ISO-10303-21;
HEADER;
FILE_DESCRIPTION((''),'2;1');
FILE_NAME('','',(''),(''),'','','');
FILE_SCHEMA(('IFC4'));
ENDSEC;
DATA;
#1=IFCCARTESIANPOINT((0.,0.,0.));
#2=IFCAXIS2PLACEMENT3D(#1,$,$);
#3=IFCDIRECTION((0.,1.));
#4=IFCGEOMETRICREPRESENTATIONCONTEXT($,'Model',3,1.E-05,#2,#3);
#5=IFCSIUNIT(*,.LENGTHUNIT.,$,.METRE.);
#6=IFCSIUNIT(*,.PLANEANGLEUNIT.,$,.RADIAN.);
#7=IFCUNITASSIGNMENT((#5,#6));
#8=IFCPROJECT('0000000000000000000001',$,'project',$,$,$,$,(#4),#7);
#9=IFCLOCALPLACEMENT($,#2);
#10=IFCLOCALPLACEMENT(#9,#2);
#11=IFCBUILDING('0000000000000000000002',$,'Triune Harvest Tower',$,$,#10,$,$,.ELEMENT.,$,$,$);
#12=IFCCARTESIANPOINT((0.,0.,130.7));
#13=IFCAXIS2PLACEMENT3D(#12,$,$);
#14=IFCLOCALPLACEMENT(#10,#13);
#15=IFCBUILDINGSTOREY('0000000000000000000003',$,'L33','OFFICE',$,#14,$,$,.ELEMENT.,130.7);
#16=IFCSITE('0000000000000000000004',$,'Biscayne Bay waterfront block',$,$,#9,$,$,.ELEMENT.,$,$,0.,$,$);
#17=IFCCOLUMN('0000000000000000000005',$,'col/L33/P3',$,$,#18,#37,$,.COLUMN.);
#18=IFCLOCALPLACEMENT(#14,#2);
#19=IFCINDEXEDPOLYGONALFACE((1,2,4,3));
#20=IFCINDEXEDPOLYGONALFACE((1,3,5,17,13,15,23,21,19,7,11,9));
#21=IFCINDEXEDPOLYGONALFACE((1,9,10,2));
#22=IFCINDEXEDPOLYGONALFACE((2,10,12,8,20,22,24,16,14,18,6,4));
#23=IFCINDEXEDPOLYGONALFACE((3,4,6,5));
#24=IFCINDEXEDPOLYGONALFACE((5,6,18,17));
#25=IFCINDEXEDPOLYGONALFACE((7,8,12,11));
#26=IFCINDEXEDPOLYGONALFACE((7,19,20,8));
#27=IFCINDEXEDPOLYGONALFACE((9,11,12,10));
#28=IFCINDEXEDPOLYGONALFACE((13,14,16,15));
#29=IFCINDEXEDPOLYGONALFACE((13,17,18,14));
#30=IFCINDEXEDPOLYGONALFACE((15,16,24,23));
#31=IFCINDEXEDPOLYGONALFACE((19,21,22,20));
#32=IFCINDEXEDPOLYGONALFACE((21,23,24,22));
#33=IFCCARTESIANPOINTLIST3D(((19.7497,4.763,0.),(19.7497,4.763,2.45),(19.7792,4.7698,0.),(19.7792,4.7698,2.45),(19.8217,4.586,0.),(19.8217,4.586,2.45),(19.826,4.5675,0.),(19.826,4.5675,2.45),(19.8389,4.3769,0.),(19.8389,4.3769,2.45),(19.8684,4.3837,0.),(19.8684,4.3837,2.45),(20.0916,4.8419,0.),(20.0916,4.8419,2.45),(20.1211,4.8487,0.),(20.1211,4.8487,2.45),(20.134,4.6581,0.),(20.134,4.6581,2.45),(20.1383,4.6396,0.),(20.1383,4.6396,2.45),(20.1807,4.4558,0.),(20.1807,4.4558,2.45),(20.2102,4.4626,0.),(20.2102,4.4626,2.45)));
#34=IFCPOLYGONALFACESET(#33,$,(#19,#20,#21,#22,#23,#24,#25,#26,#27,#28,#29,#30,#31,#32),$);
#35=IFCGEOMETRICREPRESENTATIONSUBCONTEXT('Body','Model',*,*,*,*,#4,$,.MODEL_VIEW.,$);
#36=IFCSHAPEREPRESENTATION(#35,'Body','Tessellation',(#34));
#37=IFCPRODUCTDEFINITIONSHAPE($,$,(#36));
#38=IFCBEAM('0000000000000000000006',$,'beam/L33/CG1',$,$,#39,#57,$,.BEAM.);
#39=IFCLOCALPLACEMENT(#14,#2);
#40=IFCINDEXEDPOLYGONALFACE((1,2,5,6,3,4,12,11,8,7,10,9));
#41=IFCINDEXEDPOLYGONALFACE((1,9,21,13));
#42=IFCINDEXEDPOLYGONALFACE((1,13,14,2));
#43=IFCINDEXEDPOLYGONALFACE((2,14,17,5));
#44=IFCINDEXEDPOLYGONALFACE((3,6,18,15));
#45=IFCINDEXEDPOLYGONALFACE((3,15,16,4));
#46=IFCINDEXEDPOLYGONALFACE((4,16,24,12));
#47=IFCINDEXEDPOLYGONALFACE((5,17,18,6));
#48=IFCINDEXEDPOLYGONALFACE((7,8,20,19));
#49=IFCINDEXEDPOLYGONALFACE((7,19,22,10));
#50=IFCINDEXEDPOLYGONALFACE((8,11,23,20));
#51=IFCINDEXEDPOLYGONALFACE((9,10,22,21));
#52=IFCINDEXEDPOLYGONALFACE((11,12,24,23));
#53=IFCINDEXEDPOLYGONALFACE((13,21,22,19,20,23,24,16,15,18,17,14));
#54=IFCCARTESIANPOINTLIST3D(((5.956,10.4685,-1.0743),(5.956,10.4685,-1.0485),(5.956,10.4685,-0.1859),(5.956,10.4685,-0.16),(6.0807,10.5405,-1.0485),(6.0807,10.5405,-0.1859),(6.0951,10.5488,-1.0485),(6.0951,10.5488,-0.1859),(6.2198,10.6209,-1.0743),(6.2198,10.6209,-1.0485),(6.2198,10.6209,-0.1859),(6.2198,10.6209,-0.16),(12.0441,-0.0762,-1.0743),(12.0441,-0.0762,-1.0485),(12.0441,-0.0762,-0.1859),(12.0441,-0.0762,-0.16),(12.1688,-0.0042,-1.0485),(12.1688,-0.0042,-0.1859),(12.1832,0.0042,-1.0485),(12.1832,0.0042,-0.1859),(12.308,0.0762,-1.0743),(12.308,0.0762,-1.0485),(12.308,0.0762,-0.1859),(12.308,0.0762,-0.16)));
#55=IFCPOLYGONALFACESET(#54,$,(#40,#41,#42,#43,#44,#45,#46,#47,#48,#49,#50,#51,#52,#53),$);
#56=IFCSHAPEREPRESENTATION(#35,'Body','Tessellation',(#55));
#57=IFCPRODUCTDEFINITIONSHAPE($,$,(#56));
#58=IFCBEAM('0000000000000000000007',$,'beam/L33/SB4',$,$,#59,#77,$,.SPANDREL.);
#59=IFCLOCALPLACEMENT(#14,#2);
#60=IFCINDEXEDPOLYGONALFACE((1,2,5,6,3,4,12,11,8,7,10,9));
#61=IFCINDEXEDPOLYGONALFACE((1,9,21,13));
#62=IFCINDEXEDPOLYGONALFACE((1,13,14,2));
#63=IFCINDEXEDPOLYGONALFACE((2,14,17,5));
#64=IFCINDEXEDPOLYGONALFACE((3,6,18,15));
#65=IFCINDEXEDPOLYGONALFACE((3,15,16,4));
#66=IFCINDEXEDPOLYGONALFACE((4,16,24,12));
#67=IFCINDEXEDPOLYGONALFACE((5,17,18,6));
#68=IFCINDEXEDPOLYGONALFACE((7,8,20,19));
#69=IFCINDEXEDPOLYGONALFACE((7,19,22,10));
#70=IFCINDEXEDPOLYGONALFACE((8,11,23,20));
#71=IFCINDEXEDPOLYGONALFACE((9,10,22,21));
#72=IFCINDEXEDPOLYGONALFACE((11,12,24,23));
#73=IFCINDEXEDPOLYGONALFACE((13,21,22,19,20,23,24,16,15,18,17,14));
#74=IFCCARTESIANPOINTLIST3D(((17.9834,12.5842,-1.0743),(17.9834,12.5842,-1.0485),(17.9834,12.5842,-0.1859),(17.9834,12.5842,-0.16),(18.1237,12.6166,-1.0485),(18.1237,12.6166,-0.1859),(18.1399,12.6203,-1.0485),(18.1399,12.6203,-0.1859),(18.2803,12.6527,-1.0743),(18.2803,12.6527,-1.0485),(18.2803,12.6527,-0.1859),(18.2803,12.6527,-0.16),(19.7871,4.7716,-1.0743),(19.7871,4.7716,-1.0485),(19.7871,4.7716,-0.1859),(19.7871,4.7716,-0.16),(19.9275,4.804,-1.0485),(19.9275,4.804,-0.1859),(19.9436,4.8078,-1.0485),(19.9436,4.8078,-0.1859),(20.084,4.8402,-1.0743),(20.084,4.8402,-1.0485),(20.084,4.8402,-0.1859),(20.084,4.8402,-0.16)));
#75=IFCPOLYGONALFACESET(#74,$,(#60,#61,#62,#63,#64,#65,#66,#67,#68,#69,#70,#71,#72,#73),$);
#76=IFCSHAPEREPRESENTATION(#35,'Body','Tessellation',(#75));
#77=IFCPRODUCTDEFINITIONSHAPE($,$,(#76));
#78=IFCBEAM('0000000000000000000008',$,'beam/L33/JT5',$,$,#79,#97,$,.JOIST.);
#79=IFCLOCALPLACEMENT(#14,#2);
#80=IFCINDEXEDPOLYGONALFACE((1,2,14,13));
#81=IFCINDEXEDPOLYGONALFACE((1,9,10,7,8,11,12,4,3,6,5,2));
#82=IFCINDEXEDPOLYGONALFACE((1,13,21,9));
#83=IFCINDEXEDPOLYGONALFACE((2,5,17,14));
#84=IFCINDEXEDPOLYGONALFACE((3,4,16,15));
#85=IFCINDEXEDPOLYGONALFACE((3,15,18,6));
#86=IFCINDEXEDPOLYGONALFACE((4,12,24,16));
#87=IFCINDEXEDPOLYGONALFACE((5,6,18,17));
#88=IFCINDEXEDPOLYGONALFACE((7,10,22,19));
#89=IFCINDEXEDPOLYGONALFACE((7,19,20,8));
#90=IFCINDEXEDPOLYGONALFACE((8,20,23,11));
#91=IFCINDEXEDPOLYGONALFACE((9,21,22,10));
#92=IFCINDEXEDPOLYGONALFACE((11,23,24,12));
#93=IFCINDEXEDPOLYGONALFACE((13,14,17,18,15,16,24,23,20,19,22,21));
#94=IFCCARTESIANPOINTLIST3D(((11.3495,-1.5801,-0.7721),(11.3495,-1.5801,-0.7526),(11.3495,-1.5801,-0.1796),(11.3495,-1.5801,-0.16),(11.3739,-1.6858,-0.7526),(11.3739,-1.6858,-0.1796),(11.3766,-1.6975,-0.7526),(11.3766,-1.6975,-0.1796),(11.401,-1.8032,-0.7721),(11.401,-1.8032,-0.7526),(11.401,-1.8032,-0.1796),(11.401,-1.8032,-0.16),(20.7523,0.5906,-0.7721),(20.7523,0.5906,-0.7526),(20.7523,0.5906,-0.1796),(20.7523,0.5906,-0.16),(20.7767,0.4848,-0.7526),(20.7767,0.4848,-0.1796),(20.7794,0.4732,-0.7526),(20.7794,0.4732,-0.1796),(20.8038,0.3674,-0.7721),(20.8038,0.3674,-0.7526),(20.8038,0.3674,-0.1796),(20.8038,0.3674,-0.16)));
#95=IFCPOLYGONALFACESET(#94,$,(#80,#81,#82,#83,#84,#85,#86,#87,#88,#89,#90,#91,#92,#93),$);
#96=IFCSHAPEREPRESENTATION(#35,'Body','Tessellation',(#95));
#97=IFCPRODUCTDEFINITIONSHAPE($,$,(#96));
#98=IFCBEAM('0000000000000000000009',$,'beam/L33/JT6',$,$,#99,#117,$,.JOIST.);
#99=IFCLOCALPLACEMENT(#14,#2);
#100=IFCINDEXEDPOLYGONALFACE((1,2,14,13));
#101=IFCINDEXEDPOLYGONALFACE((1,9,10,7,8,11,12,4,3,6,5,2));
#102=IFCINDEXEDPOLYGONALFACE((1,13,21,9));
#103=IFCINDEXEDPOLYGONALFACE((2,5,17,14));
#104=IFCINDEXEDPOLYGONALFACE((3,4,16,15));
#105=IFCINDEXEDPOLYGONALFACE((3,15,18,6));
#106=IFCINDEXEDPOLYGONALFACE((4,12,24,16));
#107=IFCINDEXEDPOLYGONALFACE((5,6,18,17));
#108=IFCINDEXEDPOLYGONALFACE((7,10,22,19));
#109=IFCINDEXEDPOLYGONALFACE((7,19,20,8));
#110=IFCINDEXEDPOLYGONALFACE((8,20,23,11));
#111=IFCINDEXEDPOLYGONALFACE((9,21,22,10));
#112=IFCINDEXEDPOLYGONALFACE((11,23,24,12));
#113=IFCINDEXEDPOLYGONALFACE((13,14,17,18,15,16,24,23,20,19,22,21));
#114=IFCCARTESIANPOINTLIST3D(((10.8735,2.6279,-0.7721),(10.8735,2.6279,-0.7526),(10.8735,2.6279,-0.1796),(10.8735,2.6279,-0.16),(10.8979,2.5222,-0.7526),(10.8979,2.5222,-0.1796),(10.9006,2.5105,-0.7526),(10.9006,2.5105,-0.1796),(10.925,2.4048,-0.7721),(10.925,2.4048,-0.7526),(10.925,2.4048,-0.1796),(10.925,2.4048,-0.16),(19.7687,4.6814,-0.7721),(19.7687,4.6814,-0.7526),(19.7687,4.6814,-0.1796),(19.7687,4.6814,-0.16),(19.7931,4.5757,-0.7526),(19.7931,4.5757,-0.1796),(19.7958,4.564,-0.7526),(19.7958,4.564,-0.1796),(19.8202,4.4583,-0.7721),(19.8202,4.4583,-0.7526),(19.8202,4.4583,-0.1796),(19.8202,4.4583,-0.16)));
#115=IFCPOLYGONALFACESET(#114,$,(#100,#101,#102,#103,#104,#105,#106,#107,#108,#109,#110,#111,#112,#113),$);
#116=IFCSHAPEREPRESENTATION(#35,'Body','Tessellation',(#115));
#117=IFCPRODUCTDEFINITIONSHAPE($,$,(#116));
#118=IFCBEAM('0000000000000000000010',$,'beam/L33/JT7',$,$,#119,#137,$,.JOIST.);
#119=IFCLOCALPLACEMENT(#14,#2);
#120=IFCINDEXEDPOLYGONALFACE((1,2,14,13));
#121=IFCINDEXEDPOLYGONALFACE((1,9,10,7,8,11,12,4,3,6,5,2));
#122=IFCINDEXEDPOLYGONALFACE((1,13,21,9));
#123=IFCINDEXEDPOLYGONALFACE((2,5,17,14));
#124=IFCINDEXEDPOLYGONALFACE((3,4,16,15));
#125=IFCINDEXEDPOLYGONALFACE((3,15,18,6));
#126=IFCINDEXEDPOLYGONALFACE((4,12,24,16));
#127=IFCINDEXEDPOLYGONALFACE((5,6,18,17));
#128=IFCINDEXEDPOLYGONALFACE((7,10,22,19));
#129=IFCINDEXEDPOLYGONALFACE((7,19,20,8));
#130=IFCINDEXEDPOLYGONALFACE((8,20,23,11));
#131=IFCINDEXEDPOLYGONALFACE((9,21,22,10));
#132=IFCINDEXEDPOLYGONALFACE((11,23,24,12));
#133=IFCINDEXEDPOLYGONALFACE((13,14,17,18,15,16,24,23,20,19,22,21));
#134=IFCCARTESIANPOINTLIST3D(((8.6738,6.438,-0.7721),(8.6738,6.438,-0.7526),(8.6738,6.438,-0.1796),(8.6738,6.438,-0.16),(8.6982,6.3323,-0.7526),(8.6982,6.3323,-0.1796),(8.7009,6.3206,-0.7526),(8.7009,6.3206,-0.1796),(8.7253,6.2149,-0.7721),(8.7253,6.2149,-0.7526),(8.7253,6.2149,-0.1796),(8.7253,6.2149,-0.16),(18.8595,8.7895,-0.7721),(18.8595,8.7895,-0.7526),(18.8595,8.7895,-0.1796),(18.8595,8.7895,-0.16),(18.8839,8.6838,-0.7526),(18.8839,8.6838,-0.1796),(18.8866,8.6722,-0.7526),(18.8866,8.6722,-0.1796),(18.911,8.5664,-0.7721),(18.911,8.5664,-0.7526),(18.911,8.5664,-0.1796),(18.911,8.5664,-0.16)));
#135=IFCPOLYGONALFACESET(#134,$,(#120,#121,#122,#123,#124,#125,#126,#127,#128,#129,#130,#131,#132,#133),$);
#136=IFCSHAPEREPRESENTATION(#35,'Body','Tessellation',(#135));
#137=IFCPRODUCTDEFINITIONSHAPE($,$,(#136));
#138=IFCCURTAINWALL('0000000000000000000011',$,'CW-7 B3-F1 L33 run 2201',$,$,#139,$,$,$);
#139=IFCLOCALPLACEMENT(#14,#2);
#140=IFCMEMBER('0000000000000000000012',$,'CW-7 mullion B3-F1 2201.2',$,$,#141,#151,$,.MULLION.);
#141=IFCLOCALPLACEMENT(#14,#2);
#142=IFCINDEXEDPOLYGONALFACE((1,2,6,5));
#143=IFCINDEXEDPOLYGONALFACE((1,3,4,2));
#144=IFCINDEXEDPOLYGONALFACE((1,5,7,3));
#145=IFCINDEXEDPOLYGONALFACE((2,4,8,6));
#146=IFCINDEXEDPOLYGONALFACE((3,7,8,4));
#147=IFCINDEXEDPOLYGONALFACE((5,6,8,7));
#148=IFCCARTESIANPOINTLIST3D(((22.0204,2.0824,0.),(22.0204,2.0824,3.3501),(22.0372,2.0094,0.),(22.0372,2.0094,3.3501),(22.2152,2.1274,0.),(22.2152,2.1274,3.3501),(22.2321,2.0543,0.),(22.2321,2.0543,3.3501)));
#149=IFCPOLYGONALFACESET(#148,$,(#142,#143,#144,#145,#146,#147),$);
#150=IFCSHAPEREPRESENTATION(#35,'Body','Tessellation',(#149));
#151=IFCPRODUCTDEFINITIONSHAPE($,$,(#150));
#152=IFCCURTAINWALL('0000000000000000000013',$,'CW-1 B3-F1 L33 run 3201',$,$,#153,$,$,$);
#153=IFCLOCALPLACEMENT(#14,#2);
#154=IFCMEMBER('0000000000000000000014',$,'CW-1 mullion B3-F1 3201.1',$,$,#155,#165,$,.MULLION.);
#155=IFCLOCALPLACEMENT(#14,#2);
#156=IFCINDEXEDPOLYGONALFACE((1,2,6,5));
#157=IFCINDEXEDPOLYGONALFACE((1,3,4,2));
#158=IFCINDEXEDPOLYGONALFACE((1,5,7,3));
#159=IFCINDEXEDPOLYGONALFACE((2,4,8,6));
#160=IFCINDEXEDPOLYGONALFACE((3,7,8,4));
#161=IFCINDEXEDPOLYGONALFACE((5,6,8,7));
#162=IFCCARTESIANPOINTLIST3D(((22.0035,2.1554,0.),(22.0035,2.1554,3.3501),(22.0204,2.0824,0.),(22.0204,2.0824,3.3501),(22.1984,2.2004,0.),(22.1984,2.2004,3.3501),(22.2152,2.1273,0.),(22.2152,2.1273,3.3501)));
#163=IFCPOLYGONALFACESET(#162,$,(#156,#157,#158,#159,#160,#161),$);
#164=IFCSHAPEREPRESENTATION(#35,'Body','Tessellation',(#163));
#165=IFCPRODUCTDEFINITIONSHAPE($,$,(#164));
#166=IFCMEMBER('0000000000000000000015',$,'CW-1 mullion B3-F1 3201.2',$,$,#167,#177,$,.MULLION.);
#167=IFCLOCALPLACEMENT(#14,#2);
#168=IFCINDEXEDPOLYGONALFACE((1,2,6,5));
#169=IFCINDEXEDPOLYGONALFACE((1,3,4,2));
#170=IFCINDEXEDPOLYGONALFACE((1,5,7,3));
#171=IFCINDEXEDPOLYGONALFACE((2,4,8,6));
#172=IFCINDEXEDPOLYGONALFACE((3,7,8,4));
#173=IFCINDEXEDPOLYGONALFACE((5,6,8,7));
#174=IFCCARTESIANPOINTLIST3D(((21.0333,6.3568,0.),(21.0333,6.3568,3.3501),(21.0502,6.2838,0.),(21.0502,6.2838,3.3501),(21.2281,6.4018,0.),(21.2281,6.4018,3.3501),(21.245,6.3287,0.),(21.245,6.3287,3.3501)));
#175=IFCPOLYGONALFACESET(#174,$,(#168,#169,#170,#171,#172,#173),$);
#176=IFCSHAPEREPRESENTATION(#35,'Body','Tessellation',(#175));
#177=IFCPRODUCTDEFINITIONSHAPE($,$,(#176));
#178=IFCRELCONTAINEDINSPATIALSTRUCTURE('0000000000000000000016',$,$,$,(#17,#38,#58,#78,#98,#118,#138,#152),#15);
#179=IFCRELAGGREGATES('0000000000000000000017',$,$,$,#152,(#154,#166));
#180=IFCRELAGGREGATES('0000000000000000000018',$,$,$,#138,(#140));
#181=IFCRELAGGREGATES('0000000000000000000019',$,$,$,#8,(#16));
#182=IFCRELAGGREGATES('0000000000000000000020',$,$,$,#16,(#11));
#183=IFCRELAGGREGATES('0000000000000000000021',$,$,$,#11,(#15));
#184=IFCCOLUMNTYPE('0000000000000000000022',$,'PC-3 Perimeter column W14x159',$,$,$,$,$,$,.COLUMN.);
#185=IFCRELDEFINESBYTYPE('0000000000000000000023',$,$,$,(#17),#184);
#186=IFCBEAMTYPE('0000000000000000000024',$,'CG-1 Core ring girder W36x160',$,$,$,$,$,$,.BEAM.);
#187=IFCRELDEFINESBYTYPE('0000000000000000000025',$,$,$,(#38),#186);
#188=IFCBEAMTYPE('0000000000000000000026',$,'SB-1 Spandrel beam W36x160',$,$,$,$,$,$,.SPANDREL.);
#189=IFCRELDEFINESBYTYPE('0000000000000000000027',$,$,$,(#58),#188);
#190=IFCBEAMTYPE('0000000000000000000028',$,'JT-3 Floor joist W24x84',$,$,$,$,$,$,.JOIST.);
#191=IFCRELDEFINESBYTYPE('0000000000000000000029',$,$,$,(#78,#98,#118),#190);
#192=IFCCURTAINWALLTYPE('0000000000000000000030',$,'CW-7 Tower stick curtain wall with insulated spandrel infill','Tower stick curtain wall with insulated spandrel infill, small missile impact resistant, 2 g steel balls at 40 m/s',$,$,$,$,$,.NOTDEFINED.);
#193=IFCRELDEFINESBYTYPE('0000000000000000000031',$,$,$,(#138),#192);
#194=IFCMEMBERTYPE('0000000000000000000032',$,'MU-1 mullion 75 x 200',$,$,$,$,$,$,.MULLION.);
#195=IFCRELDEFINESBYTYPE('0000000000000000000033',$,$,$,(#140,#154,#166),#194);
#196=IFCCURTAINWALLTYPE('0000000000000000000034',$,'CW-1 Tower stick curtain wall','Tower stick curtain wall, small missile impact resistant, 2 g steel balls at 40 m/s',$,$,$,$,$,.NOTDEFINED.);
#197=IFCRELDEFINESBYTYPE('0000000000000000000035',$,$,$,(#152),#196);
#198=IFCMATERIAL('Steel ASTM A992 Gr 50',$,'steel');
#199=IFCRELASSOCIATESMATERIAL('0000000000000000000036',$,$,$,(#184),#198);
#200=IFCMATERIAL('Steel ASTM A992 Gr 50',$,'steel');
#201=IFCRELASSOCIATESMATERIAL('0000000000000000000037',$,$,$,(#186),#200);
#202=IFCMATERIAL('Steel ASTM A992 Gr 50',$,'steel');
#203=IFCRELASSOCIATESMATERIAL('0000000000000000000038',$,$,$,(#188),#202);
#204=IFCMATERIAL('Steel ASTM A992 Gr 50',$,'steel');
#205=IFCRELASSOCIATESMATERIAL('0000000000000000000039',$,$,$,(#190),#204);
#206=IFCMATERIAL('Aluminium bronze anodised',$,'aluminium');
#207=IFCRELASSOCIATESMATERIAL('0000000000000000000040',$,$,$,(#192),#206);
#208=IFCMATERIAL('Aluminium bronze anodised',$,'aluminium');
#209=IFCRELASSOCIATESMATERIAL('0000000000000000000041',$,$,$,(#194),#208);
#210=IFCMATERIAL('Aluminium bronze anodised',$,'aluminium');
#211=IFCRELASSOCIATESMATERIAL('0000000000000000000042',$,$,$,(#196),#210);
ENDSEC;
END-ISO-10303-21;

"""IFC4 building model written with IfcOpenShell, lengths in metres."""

from ifc_helpers import new_model, si_unit, direction, frame, origin, origin_2d, place, context, subcontext, project, spatial, rectangle, i_section, extrude, source, transform, mapped, material, material_profile, profile_set, type_object, element, aggregate, save


model = new_model("IFC4")

# Units and contexts
model_context = context("Model", 3, precision=1e-05, world=origin(), true_north=direction((0.0, 1.0)))
body_context = subcontext(model_context, "Body", "Model", "MODEL_VIEW")
ifc_project = project(units=[si_unit("LENGTHUNIT", "METRE"), si_unit("PLANEANGLEUNIT", "RADIAN")], contexts=[model_context])

# Site, building, storey
site_placement = place(None, origin())
site = spatial("IfcSite", under=ifc_project, at=site_placement, Name="Biscayne Bay waterfront block", CompositionType="ELEMENT", RefElevation=0.0)
building_placement = place(site_placement, origin())
building = spatial("IfcBuilding", under=site, at=building_placement, Name="Triune Harvest Tower", CompositionType="ELEMENT")
storey_placement = place(building_placement, frame((0.0, 0.0, 130.7)))
storey = spatial("IfcBuildingStorey", under=building, at=storey_placement, Name="L33", Description="OFFICE", CompositionType="ELEMENT", Elevation=130.7)

# Column
ifc_material_1 = material(Name="Steel ASTM A992 Gr 50", Category="steel")
ifc_material_profile_1 = material_profile(ifc_material_1, i_section(OverallWidth=0.3962, OverallDepth=0.3811, WebThickness=0.019, FlangeThickness=0.0303, at=origin_2d()), Name="W14x159")
ifc_profile_set_1 = profile_set([ifc_material_profile_1], Name="Steel ASTM A992 Gr 50")
column_type = type_object("IfcColumnType", Name="PC-3 Perimeter column W14x159", PredefinedType="COLUMN", material=ifc_profile_set_1)
shared_shape_1 = source(origin(), body_context, "Body", "SweptSolid", [
    extrude(i_section(OverallWidth=0.3962, OverallDepth=0.3811, WebThickness=0.019, FlangeThickness=0.0303, at=origin_2d()), origin(), (0.0, 0.0, 1.0), 2.45),
])
column_placement = place(storey_placement, frame((19.98, 4.6128, 0.0), z_axis=(0.0, 0.0, 1.0), x_axis=(-0.224953, 0.97437, 0.0)))
element("IfcColumn", 1, at=column_placement, inside=storey, type_object=column_type, Name="col/L33/P3", PredefinedType="COLUMN", context=body_context, shape_type="MappedRepresentation", body=[
    mapped(shared_shape_1, transform((0.0, 0.0, 0.0), scale=1.0)),
])

# Beams
ifc_material_2 = material(Name="Steel ASTM A992 Gr 50", Category="steel")
ifc_material_profile_2 = material_profile(ifc_material_2, i_section(OverallWidth=0.3047, OverallDepth=0.9143, WebThickness=0.0166, FlangeThickness=0.0259, at=origin_2d()), Name="W36x160")
ifc_profile_set_2 = profile_set([ifc_material_profile_2], Name="Steel ASTM A992 Gr 50")
beam_type_1 = type_object("IfcBeamType", Name="CG-1 Core ring girder W36x160", PredefinedType="BEAM", material=ifc_profile_set_2)
shared_shape_2 = source(origin(), body_context, "Body", "SweptSolid", [
    extrude(i_section(OverallWidth=0.3047, OverallDepth=0.9143, WebThickness=0.0166, FlangeThickness=0.0259, at=origin_2d()), origin(), (0.0, 0.0, 1.0), 12.176),
])
beam_1_placement = place(storey_placement, frame((12.176, 0.0, -0.6172), z_axis=(-0.50001, 0.86602, 0.0), x_axis=(-0.86602, -0.50001, 0.0)))
element("IfcBeam", 2, at=beam_1_placement, inside=storey, type_object=beam_type_1, Name="beam/L33/CG1", PredefinedType="BEAM", context=body_context, shape_type="MappedRepresentation", body=[
    mapped(shared_shape_2, transform((0.0, 0.0, 0.0), scale=1.0)),
])
ifc_material_3 = material(Name="Steel ASTM A992 Gr 50", Category="steel")
ifc_material_profile_3 = material_profile(ifc_material_3, i_section(OverallWidth=0.3047, OverallDepth=0.9143, WebThickness=0.0166, FlangeThickness=0.0259, at=origin_2d()), Name="W36x160")
ifc_profile_set_3 = profile_set([ifc_material_profile_3], Name="Steel ASTM A992 Gr 50")
beam_type_2 = type_object("IfcBeamType", Name="SB-1 Spandrel beam W36x160", PredefinedType="SPANDREL", material=ifc_profile_set_3)
shared_shape_3 = source(origin(), body_context, "Body", "SweptSolid", [
    extrude(i_section(OverallWidth=0.3047, OverallDepth=0.9143, WebThickness=0.0166, FlangeThickness=0.0259, at=origin_2d()), origin(), (0.0, 0.0, 1.0), 8.0181),
])
beam_2_placement = place(storey_placement, frame((19.9355, 4.8059, -0.6172), z_axis=(-0.224957, 0.974369, 0.0), x_axis=(-0.974369, -0.224957, 0.0)))
element("IfcBeam", 3, at=beam_2_placement, inside=storey, type_object=beam_type_2, Name="beam/L33/SB4", PredefinedType="SPANDREL", context=body_context, shape_type="MappedRepresentation", body=[
    mapped(shared_shape_3, transform((0.0, 0.0, 0.0), scale=1.0)),
])
ifc_material_4 = material(Name="Steel ASTM A992 Gr 50", Category="steel")
ifc_material_profile_4 = material_profile(ifc_material_4, i_section(OverallWidth=0.229, OverallDepth=0.6121, WebThickness=0.012, FlangeThickness=0.0195, at=origin_2d()), Name="W24x84")
ifc_profile_set_4 = profile_set([ifc_material_profile_4], Name="Steel ASTM A992 Gr 50")
beam_type_3 = type_object("IfcBeamType", Name="JT-3 Floor joist W24x84", PredefinedType="JOIST", material=ifc_profile_set_4)
shared_shape_4 = source(origin(), body_context, "Body", "SweptSolid", [
    extrude(i_section(OverallWidth=0.229, OverallDepth=0.6121, WebThickness=0.012, FlangeThickness=0.0195, at=origin_2d()), origin(), (0.0, 0.0, 1.0), 9.6501),
])
beam_3_placement = place(storey_placement, frame((20.7781, 0.479, -0.4661), z_axis=(-0.974374, -0.224935, 0.0), x_axis=(0.224935, -0.974374, 0.0)))
element("IfcBeam", 4, at=beam_3_placement, inside=storey, type_object=beam_type_3, Name="beam/L33/JT5", PredefinedType="JOIST", context=body_context, shape_type="MappedRepresentation", body=[
    mapped(shared_shape_4, transform((0.0, 0.0, 0.0), scale=1.0)),
])
shared_shape_5 = source(origin(), body_context, "Body", "SweptSolid", [
    extrude(i_section(OverallWidth=0.229, OverallDepth=0.6121, WebThickness=0.012, FlangeThickness=0.0195, at=origin_2d()), origin(), (0.0, 0.0, 1.0), 9.1292),
])
beam_4_placement = place(storey_placement, frame((19.7944, 4.5698, -0.4661), z_axis=(-0.974374, -0.224934, 0.0), x_axis=(0.224934, -0.974374, 0.0)))
element("IfcBeam", 5, at=beam_4_placement, inside=storey, type_object=beam_type_3, Name="beam/L33/JT6", PredefinedType="JOIST", context=body_context, shape_type="MappedRepresentation", body=[
    mapped(shared_shape_5, transform((0.0, 0.0, 0.0), scale=1.0)),
])
shared_shape_6 = source(origin(), body_context, "Body", "SweptSolid", [
    extrude(i_section(OverallWidth=0.229, OverallDepth=0.6121, WebThickness=0.012, FlangeThickness=0.0195, at=origin_2d()), origin(), (0.0, 0.0, 1.0), 10.4536),
])
beam_5_placement = place(storey_placement, frame((18.8853, 8.678, -0.4661), z_axis=(-0.97437, -0.22495, 0.0), x_axis=(0.22495, -0.97437, 0.0)))
element("IfcBeam", 6, at=beam_5_placement, inside=storey, type_object=beam_type_3, Name="beam/L33/JT7", PredefinedType="JOIST", context=body_context, shape_type="MappedRepresentation", body=[
    mapped(shared_shape_6, transform((0.0, 0.0, 0.0), scale=1.0)),
])

# Curtain wall, member
ifc_material_5 = material(Name="Aluminium bronze anodised", Category="aluminium")
curtain_wall_type_1 = type_object("IfcCurtainWallType", Name="CW-7 Tower stick curtain wall with insulated spandrel infill", Description="Tower stick curtain wall with insulated spandrel infill, small missile impact resistant, 2 g steel balls at 40 m/s", PredefinedType="NOTDEFINED", material=ifc_material_5)
curtain_wall_1_placement = place(storey_placement, origin())
curtain_wall_1 = element("IfcCurtainWall", 7, at=curtain_wall_1_placement, inside=storey, type_object=curtain_wall_type_1, Name="CW-7 B3-F1 L33 run 2201")
ifc_material_6 = material(Name="Aluminium bronze anodised", Category="aluminium")
ifc_material_profile_5 = material_profile(ifc_material_6, rectangle(XDim=0.2, YDim=0.075, at=origin_2d()), Name="MU-1 mullion 75 x 200")
ifc_profile_set_5 = profile_set([ifc_material_profile_5], Name="Aluminium bronze anodised")
member_type_1 = type_object("IfcMemberType", Name="MU-1 mullion 75 x 200", PredefinedType="MULLION", material=ifc_profile_set_5)
shared_shape_7 = source(origin(), body_context, "Body", "SweptSolid", [
    extrude(rectangle(XDim=0.2, YDim=0.075, at=origin_2d()), origin(), (0.0, 0.0, 1.0), 3.3501),
])
member_1_placement = place(storey_placement, frame((22.1262, 2.0684, 0.0), z_axis=(0.0, 0.0, 1.0), x_axis=(-0.97437, -0.224951, 0.0)))
member_1 = element("IfcMember", 8, at=member_1_placement, type_object=member_type_1, Name="CW-7 mullion B3-F1 2201.2", PredefinedType="MULLION", context=body_context, shape_type="MappedRepresentation", body=[
    mapped(shared_shape_7, transform((0.0, 0.0, 0.0), scale=1.0)),
])

# Curtain wall, members
ifc_material_7 = material(Name="Aluminium bronze anodised", Category="aluminium")
curtain_wall_type_2 = type_object("IfcCurtainWallType", Name="CW-1 Tower stick curtain wall", Description="Tower stick curtain wall, small missile impact resistant, 2 g steel balls at 40 m/s", PredefinedType="NOTDEFINED", material=ifc_material_7)
curtain_wall_2_placement = place(storey_placement, origin())
curtain_wall_2 = element("IfcCurtainWall", 9, at=curtain_wall_2_placement, inside=storey, type_object=curtain_wall_type_2, Name="CW-1 B3-F1 L33 run 3201")
member_2_placement = place(storey_placement, frame((22.1094, 2.1414, 0.0), z_axis=(0.0, 0.0, 1.0), x_axis=(-0.974366, -0.224968, 0.0)))
member_2 = element("IfcMember", 10, at=member_2_placement, type_object=member_type_1, Name="CW-1 mullion B3-F1 3201.1", PredefinedType="MULLION", context=body_context, shape_type="MappedRepresentation", body=[
    mapped(shared_shape_7, transform((0.0, 0.0, 0.0), scale=1.0)),
])
member_3_placement = place(storey_placement, frame((21.1392, 6.3428, 0.0), z_axis=(0.0, 0.0, 1.0), x_axis=(-0.974366, -0.224968, 0.0)))
member_3 = element("IfcMember", 11, at=member_3_placement, type_object=member_type_1, Name="CW-1 mullion B3-F1 3201.2", PredefinedType="MULLION", context=body_context, shape_type="MappedRepresentation", body=[
    mapped(shared_shape_7, transform((0.0, 0.0, 0.0), scale=1.0)),
])

aggregate(curtain_wall_2, [member_2, member_3])
aggregate(curtain_wall_1, [member_1])

save(model, "model.ifc")
